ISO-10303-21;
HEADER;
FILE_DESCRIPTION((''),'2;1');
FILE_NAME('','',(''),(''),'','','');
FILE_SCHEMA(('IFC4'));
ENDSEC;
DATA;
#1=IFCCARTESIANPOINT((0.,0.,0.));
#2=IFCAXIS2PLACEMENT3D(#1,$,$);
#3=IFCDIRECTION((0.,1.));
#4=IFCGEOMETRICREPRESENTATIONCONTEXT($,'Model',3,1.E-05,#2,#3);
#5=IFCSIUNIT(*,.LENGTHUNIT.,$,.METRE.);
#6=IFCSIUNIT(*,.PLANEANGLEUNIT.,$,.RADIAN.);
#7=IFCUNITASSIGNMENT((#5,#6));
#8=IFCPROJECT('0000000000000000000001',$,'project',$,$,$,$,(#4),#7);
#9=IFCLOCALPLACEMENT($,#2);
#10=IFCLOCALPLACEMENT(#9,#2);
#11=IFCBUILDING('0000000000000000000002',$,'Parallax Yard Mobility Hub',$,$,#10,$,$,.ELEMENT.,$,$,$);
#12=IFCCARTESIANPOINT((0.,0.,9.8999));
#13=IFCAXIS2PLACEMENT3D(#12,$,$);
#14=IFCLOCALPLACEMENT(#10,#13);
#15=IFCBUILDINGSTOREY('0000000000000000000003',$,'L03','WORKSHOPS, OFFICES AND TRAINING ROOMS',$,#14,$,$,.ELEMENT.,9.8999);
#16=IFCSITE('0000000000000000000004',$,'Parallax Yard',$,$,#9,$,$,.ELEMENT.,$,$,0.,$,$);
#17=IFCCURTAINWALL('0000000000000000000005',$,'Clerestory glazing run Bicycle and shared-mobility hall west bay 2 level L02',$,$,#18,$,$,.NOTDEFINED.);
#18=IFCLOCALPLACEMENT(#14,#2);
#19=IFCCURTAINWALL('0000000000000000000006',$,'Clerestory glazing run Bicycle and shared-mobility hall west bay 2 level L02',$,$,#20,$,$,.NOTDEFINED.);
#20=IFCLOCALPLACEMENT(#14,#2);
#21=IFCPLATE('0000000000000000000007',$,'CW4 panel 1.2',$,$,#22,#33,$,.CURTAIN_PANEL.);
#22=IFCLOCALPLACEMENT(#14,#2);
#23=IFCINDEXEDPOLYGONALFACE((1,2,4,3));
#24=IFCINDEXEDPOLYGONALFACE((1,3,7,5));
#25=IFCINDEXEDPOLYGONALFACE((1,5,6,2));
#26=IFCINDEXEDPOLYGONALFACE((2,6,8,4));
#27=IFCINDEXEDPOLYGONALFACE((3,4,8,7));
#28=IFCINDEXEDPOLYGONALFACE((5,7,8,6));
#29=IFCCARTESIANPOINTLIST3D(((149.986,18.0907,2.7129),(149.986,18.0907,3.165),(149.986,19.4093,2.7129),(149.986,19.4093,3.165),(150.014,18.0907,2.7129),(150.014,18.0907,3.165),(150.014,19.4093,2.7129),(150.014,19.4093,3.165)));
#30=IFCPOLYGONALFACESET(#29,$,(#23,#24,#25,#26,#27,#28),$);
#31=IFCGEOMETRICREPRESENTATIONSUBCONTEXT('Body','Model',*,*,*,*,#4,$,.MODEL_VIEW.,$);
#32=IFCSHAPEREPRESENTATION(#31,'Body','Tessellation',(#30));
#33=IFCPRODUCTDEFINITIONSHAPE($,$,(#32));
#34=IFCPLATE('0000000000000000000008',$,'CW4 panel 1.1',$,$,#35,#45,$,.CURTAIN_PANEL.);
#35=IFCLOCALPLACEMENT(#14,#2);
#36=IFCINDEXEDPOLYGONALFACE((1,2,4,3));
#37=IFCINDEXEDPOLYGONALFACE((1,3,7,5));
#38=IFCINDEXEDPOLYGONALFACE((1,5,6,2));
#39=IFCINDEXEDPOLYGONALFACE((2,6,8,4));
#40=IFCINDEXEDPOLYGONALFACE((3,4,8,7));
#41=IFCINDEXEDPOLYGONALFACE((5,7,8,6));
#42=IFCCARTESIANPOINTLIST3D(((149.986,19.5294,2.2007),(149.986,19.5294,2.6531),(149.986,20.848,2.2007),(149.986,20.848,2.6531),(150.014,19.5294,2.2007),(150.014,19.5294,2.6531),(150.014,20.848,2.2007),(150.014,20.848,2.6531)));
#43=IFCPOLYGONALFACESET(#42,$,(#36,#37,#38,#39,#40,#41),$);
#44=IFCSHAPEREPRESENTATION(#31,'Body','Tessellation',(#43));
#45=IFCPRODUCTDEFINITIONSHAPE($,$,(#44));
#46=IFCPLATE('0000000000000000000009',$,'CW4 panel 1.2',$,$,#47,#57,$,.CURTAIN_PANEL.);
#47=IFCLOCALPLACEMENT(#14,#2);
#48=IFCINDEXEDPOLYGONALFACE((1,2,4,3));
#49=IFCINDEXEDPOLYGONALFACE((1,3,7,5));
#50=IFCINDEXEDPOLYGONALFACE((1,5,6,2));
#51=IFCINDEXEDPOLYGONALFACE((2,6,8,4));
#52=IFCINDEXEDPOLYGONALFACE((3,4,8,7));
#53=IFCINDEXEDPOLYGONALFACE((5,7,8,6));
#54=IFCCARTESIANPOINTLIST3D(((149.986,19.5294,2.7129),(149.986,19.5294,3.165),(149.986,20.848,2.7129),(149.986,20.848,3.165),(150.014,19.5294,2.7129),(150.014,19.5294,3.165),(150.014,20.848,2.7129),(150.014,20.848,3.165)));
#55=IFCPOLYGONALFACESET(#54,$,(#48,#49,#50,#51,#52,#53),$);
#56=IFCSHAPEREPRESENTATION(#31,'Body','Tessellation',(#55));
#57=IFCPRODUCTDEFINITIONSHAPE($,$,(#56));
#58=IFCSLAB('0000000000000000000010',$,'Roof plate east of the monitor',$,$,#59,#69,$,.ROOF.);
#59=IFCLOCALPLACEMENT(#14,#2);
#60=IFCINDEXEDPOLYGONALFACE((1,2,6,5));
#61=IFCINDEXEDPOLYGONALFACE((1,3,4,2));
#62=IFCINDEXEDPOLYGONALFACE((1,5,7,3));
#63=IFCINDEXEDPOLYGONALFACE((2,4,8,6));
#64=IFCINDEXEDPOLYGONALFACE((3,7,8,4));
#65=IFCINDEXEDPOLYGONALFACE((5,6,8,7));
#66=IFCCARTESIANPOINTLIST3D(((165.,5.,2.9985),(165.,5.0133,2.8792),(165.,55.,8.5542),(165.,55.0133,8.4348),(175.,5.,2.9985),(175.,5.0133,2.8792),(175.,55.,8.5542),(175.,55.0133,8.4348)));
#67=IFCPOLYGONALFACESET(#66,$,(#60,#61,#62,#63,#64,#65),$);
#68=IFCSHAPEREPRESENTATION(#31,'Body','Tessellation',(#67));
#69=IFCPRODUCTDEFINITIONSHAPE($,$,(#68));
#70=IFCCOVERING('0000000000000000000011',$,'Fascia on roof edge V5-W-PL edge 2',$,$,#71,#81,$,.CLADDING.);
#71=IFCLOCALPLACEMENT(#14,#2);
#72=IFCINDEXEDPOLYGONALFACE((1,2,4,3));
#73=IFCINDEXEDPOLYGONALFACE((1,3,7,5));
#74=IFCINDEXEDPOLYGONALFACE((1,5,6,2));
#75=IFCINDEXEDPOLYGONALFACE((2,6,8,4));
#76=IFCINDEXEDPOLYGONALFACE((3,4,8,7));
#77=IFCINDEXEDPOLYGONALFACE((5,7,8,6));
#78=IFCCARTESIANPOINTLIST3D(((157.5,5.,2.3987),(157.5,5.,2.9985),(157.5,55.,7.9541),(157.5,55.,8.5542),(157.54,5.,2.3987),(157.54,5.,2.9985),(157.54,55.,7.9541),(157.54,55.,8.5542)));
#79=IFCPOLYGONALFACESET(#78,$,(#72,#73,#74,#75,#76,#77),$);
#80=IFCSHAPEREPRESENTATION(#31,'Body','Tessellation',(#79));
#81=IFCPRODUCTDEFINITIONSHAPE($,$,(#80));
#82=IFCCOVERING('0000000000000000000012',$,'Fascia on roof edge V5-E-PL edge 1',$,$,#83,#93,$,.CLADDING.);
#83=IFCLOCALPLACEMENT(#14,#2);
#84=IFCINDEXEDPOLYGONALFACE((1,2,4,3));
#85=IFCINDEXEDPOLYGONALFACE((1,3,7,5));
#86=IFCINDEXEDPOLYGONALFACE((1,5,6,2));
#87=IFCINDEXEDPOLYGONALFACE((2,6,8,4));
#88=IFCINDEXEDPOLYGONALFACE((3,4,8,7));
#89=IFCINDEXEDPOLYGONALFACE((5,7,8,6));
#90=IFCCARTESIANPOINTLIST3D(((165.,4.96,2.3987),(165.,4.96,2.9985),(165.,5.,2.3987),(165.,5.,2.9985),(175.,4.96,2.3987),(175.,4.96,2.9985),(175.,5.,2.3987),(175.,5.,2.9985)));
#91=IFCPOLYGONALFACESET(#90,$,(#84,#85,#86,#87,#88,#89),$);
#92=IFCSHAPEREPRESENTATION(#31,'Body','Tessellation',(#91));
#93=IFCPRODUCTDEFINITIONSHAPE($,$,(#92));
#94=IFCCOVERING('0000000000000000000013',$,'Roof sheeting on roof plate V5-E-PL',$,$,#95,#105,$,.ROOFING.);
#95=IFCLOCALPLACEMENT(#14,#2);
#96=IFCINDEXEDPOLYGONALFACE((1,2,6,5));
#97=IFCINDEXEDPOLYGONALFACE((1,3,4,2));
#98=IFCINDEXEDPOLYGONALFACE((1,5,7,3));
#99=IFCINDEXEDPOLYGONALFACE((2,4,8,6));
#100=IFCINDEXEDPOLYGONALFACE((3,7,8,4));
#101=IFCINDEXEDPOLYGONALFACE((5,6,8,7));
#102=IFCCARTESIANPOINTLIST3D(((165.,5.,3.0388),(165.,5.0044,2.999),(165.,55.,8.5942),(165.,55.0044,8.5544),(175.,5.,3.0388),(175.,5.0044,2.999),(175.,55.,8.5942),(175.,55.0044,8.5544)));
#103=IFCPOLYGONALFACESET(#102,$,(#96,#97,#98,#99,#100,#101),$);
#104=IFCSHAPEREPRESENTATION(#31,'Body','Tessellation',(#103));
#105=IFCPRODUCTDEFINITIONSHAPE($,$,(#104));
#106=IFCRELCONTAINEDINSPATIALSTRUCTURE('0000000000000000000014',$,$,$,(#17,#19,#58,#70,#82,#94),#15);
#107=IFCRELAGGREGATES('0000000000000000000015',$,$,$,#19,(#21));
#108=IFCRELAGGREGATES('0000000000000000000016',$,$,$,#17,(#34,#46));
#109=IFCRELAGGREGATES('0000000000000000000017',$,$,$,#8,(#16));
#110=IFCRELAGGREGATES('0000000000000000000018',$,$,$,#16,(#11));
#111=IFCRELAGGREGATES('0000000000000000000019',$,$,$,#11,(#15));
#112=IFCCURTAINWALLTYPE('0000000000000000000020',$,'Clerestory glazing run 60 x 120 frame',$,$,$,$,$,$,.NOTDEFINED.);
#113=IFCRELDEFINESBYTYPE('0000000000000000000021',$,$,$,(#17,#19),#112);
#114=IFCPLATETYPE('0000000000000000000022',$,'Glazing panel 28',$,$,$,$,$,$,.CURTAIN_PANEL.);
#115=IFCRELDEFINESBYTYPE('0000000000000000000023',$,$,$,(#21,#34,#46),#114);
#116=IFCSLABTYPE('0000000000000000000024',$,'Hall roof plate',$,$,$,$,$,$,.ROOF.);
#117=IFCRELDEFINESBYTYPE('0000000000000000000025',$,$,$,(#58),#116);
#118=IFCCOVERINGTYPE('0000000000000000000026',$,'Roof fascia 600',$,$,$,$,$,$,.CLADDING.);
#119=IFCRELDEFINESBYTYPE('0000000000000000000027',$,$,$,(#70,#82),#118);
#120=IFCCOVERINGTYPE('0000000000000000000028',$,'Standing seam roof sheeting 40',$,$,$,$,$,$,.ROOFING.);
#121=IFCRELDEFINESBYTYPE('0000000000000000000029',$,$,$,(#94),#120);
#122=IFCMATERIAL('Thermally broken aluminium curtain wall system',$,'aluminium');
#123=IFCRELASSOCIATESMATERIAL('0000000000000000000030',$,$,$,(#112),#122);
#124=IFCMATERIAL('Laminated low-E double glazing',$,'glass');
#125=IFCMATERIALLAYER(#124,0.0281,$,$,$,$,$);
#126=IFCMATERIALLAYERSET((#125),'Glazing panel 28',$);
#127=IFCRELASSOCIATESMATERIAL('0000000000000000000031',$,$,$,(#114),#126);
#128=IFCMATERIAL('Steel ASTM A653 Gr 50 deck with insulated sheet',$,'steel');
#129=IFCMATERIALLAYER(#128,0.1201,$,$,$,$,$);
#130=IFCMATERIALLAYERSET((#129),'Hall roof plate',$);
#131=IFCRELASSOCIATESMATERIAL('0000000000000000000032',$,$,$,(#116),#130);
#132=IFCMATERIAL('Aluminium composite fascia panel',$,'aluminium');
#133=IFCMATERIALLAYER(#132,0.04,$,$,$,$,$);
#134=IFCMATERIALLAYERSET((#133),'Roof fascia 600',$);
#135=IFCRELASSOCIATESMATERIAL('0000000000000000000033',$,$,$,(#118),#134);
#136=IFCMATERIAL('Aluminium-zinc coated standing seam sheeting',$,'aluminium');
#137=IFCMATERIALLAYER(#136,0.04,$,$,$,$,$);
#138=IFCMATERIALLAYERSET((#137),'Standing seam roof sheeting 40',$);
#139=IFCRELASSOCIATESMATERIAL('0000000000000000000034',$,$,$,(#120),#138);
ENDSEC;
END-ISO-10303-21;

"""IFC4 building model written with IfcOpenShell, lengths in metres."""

from ifc_helpers import new_model, si_unit, direction, frame, origin, origin_2d, place, context, subcontext, project, spatial, polyline, rectangle, outline, extrude, material, layer, layer_set, type_object, element, aggregate, save


model = new_model("IFC4")

# Units and contexts
model_context = context("Model", 3, precision=1e-05, world=origin(), true_north=direction((0.0, 1.0)))
body_context = subcontext(model_context, "Body", "Model", "MODEL_VIEW")
ifc_project = project(units=[si_unit("LENGTHUNIT", "METRE"), si_unit("PLANEANGLEUNIT", "RADIAN")], contexts=[model_context])

# Site, building, storey
site_placement = place(None, origin())
site = spatial("IfcSite", under=ifc_project, at=site_placement, Name="Parallax Yard", CompositionType="ELEMENT", RefElevation=0.0)
building_placement = place(site_placement, origin())
building = spatial("IfcBuilding", under=site, at=building_placement, Name="Parallax Yard Mobility Hub", CompositionType="ELEMENT")
storey_placement = place(building_placement, frame((0.0, 0.0, 9.8999)))
storey = spatial("IfcBuildingStorey", under=building, at=storey_placement, Name="L03", Description="WORKSHOPS, OFFICES AND TRAINING ROOMS", CompositionType="ELEMENT", Elevation=9.8999)

# Shared definitions
ifc_material_1 = material(Name="Thermally broken aluminium curtain wall system", Category="aluminium")
curtain_wall_type = type_object("IfcCurtainWallType", Name="Clerestory glazing run 60 x 120 frame", PredefinedType="NOTDEFINED", material=ifc_material_1)

# Curtain wall
curtain_wall_1_placement = place(storey_placement, origin())
curtain_wall_1 = element("IfcCurtainWall", 1, at=curtain_wall_1_placement, inside=storey, type_object=curtain_wall_type, Name="Clerestory glazing run Bicycle and shared-mobility hall west bay 2 level L02", PredefinedType="NOTDEFINED")

# Curtain wall, plate
curtain_wall_2_placement = place(storey_placement, origin())
curtain_wall_2 = element("IfcCurtainWall", 2, at=curtain_wall_2_placement, inside=storey, type_object=curtain_wall_type, Name="Clerestory glazing run Bicycle and shared-mobility hall west bay 2 level L02", PredefinedType="NOTDEFINED")
ifc_material_2 = material(Name="Laminated low-E double glazing", Category="glass")
ifc_layer_1 = layer(ifc_material_2, 0.0281)
ifc_layer_set_1 = layer_set([ifc_layer_1], Name="Glazing panel 28")
plate_type = type_object("IfcPlateType", Name="Glazing panel 28", PredefinedType="CURTAIN_PANEL", material=ifc_layer_set_1)
plate_1_placement = place(storey_placement, frame((150.0, 18.75, 2.7129), z_axis=(0.0, 0.0, 1.0), x_axis=(0.0, 1.0, 0.0)))
plate_1 = element("IfcPlate", 3, at=plate_1_placement, type_object=plate_type, Name="CW4 panel 1.2", PredefinedType="CURTAIN_PANEL", context=body_context, shape_type="SweptSolid", body=[
    extrude(rectangle(XDim=1.3186, YDim=0.0281, at=origin_2d()), origin(), (0.0, 0.0, 1.0), 0.4521),
])
aggregate(curtain_wall_2, [plate_1])

# Plates
plate_2_placement = place(storey_placement, frame((150.0, 20.1887, 2.2007), z_axis=(0.0, 0.0, 1.0), x_axis=(0.0, 1.0, 0.0)))
plate_2 = element("IfcPlate", 4, at=plate_2_placement, type_object=plate_type, Name="CW4 panel 1.1", PredefinedType="CURTAIN_PANEL", context=body_context, shape_type="SweptSolid", body=[
    extrude(rectangle(XDim=1.3186, YDim=0.0281, at=origin_2d()), origin(), (0.0, 0.0, 1.0), 0.4524),
])
plate_3_placement = place(storey_placement, frame((150.0, 20.1887, 2.7129), z_axis=(0.0, 0.0, 1.0), x_axis=(0.0, 1.0, 0.0)))
plate_3 = element("IfcPlate", 5, at=plate_3_placement, type_object=plate_type, Name="CW4 panel 1.2", PredefinedType="CURTAIN_PANEL", context=body_context, shape_type="SweptSolid", body=[
    extrude(rectangle(XDim=1.3186, YDim=0.0281, at=origin_2d()), origin(), (0.0, 0.0, 1.0), 0.4521),
])
aggregate(curtain_wall_1, [plate_2, plate_3])

# Slab
ifc_material_3 = material(Name="Steel ASTM A653 Gr 50 deck with insulated sheet", Category="steel")
ifc_layer_2 = layer(ifc_material_3, 0.1201)
ifc_layer_set_2 = layer_set([ifc_layer_2], Name="Hall roof plate")
slab_type = type_object("IfcSlabType", Name="Hall roof plate", PredefinedType="ROOF", material=ifc_layer_set_2)
slab_placement = place(storey_placement, frame((165.0, 5.0, 2.9985), z_axis=(0.0, -0.110434, 0.993883), x_axis=(1.0, 0.0, 0.0)))
element("IfcSlab", 6, at=slab_placement, inside=storey, type_object=slab_type, Name="Roof plate east of the monitor", PredefinedType="ROOF", context=body_context, shape_type="SweptSolid", body=[
    extrude(outline(polyline([(0.0, 0.0), (10.0, 0.0), (10.0, 50.3077), (0.0, 50.3077), (0.0, 0.0)])), origin(), (0.0, 0.0, -1.0), 0.1201),
])

# Coverings
ifc_material_4 = material(Name="Aluminium composite fascia panel", Category="aluminium")
ifc_layer_3 = layer(ifc_material_4, 0.04)
ifc_layer_set_3 = layer_set([ifc_layer_3], Name="Roof fascia 600")
covering_type_1 = type_object("IfcCoveringType", Name="Roof fascia 600", PredefinedType="CLADDING", material=ifc_layer_set_3)
covering_1_placement = place(storey_placement, frame((157.5, 5.0, 2.9985), z_axis=(-1.0, 0.0, 0.0), x_axis=(0.0, 0.993883, 0.110434)))
element("IfcCovering", 7, at=covering_1_placement, inside=storey, type_object=covering_type_1, Name="Fascia on roof edge V5-W-PL edge 2", PredefinedType="CLADDING", context=body_context, shape_type="SweptSolid", body=[
    extrude(outline(polyline([(0.0, 0.0), (50.3077, 0.0), (50.2414, 0.5964), (-0.0662, 0.5962), (0.0, 0.0)])), origin(), (0.0, 0.0, -1.0), 0.04),
])
covering_2_placement = place(storey_placement, frame((165.0, 5.0, 2.9985), z_axis=(0.0, 1.0, 0.0), x_axis=(1.0, 0.0, 0.0)))
element("IfcCovering", 8, at=covering_2_placement, inside=storey, type_object=covering_type_1, Name="Fascia on roof edge V5-E-PL edge 1", PredefinedType="CLADDING", context=body_context, shape_type="SweptSolid", body=[
    extrude(outline(polyline([(0.0, 0.0), (10.0, 0.0), (10.0, 0.5999), (0.0, 0.5999), (0.0, 0.0)])), origin(), (0.0, 0.0, -1.0), 0.04),
])
ifc_material_5 = material(Name="Aluminium-zinc coated standing seam sheeting", Category="aluminium")
ifc_layer_4 = layer(ifc_material_5, 0.04)
ifc_layer_set_4 = layer_set([ifc_layer_4], Name="Standing seam roof sheeting 40")
covering_type_2 = type_object("IfcCoveringType", Name="Standing seam roof sheeting 40", PredefinedType="ROOFING", material=ifc_layer_set_4)
covering_3_placement = place(storey_placement, frame((165.0, 5.0, 3.0388), z_axis=(0.0, -0.110429, 0.993884), x_axis=(1.0, 0.0, 0.0)))
element("IfcCovering", 9, at=covering_3_placement, inside=storey, type_object=covering_type_2, Name="Roof sheeting on roof plate V5-E-PL", PredefinedType="ROOFING", context=body_context, shape_type="SweptSolid", body=[
    extrude(outline(polyline([(0.0, 0.0), (10.0, 0.0), (10.0, 50.3077), (0.0, 50.3077), (0.0, 0.0)])), origin(), (0.0, 0.0, -1.0), 0.04),
])

save(model, "model.ifc")
